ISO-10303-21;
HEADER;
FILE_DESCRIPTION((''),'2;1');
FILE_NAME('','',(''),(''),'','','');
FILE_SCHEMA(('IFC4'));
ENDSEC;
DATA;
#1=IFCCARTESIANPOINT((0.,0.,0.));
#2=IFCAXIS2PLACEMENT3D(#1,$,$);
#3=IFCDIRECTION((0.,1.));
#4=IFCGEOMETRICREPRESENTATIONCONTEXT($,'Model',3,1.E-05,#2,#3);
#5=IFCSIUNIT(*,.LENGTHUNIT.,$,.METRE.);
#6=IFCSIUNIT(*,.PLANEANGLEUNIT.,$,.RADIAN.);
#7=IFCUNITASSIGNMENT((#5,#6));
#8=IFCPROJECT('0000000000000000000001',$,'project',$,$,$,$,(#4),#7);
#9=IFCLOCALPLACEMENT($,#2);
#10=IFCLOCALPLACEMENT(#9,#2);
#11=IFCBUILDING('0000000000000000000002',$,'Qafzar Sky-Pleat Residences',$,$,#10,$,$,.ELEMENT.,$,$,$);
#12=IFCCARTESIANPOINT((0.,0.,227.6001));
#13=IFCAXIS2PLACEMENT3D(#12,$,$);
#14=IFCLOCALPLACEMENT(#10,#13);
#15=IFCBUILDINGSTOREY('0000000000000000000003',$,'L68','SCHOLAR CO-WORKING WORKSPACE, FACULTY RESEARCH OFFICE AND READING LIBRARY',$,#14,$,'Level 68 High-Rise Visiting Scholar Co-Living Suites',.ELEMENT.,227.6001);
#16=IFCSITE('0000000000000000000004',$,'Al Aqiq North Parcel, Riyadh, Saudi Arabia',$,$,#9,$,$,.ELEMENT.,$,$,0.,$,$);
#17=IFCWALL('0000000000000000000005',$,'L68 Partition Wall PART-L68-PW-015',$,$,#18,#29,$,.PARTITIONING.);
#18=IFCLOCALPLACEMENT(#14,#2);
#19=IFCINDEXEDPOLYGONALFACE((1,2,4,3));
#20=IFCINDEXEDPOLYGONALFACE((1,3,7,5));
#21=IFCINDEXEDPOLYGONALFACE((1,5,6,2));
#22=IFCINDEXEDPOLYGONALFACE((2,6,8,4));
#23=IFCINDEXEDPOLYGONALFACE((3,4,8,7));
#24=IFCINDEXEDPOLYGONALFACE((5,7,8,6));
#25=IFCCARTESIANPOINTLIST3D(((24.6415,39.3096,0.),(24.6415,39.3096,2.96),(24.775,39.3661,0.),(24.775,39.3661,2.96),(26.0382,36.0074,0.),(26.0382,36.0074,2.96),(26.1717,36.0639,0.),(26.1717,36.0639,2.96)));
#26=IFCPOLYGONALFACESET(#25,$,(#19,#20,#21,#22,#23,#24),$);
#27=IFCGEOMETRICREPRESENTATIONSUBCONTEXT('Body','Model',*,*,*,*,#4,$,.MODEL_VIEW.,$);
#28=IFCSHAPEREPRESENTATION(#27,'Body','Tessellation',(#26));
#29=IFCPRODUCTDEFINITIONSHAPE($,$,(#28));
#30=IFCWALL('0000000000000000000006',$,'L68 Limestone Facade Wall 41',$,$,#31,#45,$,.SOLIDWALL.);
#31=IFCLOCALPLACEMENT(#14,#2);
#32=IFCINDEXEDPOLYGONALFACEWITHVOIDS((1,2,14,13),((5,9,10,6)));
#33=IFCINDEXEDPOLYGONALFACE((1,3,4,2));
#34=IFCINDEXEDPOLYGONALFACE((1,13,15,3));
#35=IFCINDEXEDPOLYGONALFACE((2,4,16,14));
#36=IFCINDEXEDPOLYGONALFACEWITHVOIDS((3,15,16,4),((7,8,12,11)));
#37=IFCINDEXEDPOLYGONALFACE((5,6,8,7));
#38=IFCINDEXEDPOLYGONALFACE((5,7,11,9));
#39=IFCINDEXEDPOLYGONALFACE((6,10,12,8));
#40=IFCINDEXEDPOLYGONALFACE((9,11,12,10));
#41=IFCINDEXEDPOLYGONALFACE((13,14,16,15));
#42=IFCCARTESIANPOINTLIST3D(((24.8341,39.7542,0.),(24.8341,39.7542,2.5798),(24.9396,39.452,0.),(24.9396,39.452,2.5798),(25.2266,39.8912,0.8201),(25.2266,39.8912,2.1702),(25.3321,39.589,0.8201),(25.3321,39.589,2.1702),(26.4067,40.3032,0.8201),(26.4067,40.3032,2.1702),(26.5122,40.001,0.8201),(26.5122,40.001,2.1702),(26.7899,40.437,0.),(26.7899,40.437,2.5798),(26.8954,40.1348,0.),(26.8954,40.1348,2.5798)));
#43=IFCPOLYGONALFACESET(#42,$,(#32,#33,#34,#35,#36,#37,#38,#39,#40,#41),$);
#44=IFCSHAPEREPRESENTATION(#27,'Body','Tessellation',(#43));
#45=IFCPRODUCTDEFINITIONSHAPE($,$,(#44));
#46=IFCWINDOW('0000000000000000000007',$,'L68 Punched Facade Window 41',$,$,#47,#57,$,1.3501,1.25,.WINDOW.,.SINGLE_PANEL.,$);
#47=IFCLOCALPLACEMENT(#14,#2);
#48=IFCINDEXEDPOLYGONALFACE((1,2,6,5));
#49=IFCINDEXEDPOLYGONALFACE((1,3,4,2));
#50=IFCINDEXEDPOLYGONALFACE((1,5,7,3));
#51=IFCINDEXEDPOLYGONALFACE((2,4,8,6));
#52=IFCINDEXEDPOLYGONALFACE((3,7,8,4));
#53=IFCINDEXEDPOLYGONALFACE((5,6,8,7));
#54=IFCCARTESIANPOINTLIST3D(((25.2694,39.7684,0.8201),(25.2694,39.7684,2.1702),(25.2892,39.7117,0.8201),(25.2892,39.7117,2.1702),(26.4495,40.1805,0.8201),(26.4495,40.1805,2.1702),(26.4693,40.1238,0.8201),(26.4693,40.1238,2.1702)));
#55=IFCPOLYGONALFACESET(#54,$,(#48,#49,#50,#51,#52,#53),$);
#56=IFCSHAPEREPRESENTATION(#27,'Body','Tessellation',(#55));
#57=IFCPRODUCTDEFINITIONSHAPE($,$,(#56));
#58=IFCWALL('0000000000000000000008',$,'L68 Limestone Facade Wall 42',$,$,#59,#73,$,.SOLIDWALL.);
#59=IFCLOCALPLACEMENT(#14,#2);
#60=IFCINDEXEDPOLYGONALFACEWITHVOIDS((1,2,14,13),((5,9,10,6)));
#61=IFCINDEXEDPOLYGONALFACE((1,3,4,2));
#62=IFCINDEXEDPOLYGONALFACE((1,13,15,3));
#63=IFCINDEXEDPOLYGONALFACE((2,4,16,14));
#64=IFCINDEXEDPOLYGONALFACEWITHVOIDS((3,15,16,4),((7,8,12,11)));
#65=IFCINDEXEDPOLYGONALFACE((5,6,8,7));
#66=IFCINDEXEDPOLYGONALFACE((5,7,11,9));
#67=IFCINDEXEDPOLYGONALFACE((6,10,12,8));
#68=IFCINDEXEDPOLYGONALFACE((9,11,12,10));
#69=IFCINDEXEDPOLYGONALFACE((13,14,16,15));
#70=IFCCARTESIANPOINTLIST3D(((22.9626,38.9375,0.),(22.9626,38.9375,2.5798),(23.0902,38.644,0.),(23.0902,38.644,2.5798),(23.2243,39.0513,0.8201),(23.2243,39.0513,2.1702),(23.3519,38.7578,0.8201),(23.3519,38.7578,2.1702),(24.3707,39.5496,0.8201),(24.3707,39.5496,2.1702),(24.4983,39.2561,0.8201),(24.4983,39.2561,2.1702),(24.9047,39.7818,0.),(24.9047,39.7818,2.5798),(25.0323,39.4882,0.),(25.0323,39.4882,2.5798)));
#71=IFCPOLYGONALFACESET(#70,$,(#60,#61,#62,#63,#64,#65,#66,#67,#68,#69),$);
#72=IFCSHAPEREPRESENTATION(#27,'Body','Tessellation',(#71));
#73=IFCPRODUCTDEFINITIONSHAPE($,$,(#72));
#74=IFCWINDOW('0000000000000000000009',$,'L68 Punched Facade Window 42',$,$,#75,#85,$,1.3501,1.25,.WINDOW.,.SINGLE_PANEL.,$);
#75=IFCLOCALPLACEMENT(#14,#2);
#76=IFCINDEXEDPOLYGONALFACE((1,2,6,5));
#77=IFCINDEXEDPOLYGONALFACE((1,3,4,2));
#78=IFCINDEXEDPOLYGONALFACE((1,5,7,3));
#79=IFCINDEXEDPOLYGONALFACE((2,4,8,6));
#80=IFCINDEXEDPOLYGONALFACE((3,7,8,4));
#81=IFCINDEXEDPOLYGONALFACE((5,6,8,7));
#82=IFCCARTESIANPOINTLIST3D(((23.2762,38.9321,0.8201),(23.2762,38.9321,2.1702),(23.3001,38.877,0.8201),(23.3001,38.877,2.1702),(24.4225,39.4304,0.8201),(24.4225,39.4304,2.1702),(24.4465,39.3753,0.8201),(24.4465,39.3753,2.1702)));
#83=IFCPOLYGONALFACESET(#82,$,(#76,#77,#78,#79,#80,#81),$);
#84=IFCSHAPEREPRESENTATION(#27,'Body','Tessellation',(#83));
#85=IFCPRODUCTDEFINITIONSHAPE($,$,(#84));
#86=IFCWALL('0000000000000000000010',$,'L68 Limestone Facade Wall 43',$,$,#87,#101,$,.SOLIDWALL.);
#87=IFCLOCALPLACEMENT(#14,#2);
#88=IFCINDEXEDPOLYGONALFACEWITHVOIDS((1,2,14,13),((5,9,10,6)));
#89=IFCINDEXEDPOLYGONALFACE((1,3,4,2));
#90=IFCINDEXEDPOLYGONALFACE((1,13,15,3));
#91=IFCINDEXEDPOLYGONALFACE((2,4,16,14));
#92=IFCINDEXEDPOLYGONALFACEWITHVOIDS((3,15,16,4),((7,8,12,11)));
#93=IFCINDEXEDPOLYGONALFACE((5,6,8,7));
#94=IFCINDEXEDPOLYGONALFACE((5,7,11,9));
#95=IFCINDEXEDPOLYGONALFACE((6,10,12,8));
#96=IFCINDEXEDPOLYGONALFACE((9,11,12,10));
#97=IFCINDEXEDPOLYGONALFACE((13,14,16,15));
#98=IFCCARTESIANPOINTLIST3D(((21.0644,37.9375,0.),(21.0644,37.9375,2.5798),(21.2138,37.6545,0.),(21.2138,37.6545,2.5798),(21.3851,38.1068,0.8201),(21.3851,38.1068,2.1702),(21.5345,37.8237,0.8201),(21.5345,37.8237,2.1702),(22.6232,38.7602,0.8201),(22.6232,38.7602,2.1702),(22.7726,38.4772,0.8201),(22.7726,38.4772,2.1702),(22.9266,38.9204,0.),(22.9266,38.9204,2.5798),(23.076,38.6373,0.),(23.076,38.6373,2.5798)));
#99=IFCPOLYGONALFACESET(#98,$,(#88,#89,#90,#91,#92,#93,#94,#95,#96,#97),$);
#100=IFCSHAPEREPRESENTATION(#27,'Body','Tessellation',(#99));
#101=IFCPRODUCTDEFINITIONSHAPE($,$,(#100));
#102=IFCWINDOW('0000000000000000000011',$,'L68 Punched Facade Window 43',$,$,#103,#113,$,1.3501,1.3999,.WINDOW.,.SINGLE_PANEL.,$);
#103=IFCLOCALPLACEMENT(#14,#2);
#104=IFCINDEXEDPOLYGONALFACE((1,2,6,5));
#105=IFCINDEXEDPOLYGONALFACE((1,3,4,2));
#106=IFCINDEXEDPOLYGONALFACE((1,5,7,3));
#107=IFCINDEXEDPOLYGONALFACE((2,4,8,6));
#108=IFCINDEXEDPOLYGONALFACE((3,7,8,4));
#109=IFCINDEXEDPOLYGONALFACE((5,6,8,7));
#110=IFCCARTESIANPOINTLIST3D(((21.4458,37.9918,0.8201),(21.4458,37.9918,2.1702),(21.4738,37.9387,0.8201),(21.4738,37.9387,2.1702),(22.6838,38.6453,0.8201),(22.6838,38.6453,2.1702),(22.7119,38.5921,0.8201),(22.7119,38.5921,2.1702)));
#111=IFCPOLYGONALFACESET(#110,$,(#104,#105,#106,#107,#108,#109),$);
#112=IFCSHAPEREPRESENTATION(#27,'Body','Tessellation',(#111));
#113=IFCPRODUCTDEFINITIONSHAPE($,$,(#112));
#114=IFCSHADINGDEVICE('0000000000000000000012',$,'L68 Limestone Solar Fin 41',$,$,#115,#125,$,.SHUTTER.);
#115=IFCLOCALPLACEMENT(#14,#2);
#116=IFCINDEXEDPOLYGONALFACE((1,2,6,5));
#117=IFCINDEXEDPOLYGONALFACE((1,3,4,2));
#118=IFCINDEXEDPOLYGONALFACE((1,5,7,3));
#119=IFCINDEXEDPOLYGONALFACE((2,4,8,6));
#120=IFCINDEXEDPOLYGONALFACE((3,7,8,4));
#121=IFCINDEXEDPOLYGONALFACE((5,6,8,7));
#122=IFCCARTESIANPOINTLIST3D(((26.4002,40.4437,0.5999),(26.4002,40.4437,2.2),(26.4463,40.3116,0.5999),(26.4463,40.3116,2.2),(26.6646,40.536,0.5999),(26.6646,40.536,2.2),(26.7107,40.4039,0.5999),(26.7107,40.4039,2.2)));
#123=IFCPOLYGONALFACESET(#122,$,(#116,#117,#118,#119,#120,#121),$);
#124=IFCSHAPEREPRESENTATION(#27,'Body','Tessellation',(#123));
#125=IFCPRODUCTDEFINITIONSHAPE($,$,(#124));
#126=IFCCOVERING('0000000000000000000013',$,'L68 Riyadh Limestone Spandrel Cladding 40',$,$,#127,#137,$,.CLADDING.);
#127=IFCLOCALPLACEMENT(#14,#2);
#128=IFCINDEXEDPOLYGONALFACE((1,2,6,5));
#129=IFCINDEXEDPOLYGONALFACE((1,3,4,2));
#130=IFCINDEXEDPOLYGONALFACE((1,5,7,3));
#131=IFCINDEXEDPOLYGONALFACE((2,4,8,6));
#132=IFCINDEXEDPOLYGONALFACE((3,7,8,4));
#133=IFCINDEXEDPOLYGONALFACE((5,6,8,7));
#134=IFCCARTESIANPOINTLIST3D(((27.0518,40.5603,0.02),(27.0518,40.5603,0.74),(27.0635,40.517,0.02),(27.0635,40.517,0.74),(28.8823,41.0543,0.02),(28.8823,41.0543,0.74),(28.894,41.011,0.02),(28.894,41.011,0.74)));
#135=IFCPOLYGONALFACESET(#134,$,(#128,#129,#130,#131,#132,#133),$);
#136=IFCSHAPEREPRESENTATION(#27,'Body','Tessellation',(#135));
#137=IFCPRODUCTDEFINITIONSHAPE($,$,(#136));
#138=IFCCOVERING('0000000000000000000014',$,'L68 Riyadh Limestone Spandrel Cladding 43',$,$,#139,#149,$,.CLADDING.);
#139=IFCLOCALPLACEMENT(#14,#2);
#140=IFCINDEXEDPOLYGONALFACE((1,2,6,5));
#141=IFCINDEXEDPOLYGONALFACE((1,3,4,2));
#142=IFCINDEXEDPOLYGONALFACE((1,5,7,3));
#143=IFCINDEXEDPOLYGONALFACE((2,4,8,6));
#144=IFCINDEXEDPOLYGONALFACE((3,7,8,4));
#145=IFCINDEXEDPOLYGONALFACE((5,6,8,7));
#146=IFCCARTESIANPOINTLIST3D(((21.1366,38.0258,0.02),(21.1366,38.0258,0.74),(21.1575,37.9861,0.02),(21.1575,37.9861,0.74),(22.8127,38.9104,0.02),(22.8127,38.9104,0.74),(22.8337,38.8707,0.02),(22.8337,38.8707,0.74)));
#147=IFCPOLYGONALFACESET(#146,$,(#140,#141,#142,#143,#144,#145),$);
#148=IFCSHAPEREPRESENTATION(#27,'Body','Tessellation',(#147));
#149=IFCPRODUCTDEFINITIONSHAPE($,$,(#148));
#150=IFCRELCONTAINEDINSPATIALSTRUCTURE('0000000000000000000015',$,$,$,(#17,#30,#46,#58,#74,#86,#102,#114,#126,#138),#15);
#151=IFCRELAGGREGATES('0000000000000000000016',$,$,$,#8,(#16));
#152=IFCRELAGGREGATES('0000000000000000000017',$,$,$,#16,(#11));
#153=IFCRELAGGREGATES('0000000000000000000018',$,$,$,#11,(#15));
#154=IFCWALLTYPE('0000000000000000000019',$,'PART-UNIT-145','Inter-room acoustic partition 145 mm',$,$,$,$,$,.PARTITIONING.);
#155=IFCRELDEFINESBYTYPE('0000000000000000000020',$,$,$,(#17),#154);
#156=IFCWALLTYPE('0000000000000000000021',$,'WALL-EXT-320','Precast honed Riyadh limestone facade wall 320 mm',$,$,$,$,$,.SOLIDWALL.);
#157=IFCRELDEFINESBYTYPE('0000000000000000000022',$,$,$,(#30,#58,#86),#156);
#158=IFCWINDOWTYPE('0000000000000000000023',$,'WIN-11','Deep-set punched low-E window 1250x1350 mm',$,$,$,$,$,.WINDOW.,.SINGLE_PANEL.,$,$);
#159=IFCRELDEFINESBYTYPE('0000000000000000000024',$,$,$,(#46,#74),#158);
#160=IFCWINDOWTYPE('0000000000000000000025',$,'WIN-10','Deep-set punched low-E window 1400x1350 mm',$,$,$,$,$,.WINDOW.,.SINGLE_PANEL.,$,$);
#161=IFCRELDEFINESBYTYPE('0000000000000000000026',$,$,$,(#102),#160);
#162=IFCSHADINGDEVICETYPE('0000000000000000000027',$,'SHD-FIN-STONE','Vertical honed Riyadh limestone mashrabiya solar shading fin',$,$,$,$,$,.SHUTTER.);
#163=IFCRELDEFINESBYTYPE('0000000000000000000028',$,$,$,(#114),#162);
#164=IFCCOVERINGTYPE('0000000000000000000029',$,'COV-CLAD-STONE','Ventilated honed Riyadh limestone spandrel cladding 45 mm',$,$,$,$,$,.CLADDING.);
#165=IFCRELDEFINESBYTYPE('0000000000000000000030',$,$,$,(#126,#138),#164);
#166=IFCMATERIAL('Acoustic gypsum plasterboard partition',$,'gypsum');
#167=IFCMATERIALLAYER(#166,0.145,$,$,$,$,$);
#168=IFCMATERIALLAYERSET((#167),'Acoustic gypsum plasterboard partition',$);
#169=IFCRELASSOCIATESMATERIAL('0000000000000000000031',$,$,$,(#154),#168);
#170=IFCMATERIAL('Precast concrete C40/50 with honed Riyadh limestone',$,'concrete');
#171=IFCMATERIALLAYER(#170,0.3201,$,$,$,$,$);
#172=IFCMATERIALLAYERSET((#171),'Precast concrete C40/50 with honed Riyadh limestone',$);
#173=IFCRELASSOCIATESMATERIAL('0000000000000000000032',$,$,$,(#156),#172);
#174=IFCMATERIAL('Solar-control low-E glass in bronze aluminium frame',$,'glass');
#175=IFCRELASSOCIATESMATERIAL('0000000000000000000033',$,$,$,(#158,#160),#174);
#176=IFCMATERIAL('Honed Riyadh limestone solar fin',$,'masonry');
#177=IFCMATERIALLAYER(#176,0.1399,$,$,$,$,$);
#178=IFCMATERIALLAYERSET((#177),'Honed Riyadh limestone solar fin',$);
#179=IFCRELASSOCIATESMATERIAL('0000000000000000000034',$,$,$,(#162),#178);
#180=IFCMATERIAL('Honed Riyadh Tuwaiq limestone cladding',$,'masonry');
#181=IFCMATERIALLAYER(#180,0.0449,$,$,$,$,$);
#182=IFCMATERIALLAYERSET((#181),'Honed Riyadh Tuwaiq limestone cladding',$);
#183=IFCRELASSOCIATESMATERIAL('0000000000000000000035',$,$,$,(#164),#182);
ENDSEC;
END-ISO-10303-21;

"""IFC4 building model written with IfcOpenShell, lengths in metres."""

from ifc_helpers import new_model, si_unit, direction, frame, frame_2d, origin, origin_2d, place, context, subcontext, project, spatial, rectangle, extrude, source, transform, mapped, material, layer, layer_set, type_object, element, fill, save


model = new_model("IFC4")

# Units and contexts
model_context = context("Model", 3, precision=1e-05, world=origin(), true_north=direction((0.0, 1.0)))
body_context = subcontext(model_context, "Body", "Model", "MODEL_VIEW")
ifc_project = project(units=[si_unit("LENGTHUNIT", "METRE"), si_unit("PLANEANGLEUNIT", "RADIAN")], contexts=[model_context])

# Site, building, storey
site_placement = place(None, origin())
site = spatial("IfcSite", under=ifc_project, at=site_placement, Name="Al Aqiq North Parcel, Riyadh, Saudi Arabia", CompositionType="ELEMENT", RefElevation=0.0)
building_placement = place(site_placement, origin())
building = spatial("IfcBuilding", under=site, at=building_placement, Name="Qafzar Sky-Pleat Residences", CompositionType="ELEMENT")
storey_placement = place(building_placement, frame((0.0, 0.0, 227.6001)))
storey = spatial("IfcBuildingStorey", under=building, at=storey_placement, Name="L68", Description="SCHOLAR CO-WORKING WORKSPACE, FACULTY RESEARCH OFFICE AND READING LIBRARY", LongName="Level 68 High-Rise Visiting Scholar Co-Living Suites", CompositionType="ELEMENT", Elevation=227.6001)

# Shared definitions
ifc_material_1 = material(Name="Acoustic gypsum plasterboard partition", Category="gypsum")

# Wall
ifc_layer_1 = layer(ifc_material_1, 0.145)
ifc_layer_set_1 = layer_set([ifc_layer_1], Name="Acoustic gypsum plasterboard partition")
wall_type_1 = type_object("IfcWallType", Name="PART-UNIT-145", Description="Inter-room acoustic partition 145 mm", PredefinedType="PARTITIONING", material=ifc_layer_set_1)
wall_1_placement = place(storey_placement, frame((24.7083, 39.3379, 0.0), z_axis=(0.0, 0.0, 1.0), x_axis=(0.389551, -0.921005, 0.0)))
element("IfcWall", 1, at=wall_1_placement, inside=storey, type_object=wall_type_1, Name="L68 Partition Wall PART-L68-PW-015", PredefinedType="PARTITIONING", context=body_context, shape_type="SweptSolid", body=[
    extrude(rectangle(XDim=3.5854, YDim=0.145, at=frame_2d((1.7927, 0.0))), origin(), (0.0, 0.0, 1.0), 2.96),
])

# Walls, openings, windows
ifc_material_2 = material(Name="Precast concrete C40/50 with honed Riyadh limestone", Category="concrete")
ifc_layer_2 = layer(ifc_material_2, 0.3201)
ifc_layer_set_2 = layer_set([ifc_layer_2], Name="Precast concrete C40/50 with honed Riyadh limestone")
wall_type_2 = type_object("IfcWallType", Name="WALL-EXT-320", Description="Precast honed Riyadh limestone facade wall 320 mm", PredefinedType="SOLIDWALL", material=ifc_layer_set_2)
wall_2_placement = place(storey_placement, frame((26.8425, 40.2859, 0.0), z_axis=(0.0, 0.0, 1.0), x_axis=(-0.94411, -0.329631, 0.0)))
wall_2 = element("IfcWall", 2, at=wall_2_placement, inside=storey, type_object=wall_type_2, Name="L68 Limestone Facade Wall 41", PredefinedType="SOLIDWALL", context=body_context, shape_type="SweptSolid", body=[
    extrude(rectangle(XDim=2.0715, YDim=0.3201, at=frame_2d((1.0356, 0.0))), origin(), (0.0, 0.0, 1.0), 2.5798),
])
opening_1_placement = place(wall_2_placement, frame((0.4058, 0.0, 0.8201)))
opening_1 = element("IfcOpeningElement", 3, at=opening_1_placement, cuts=wall_2, PredefinedType="OPENING", context=body_context, shape_type="SweptSolid", body=[
    extrude(rectangle(XDim=1.25, YDim=1.3501, at=frame_2d((0.625, 0.675))), frame((0.0, 0.1699, 0.0), z_axis=(0.0, -1.0, 0.0), x_axis=(1.0, 0.0, 0.0)), (0.0, 0.0, 1.0), 0.3401),
])
ifc_material_3 = material(Name="Solar-control low-E glass in bronze aluminium frame", Category="glass")
window_type_1 = type_object("IfcWindowType", Name="WIN-11", Description="Deep-set punched low-E window 1250x1350 mm", PartitioningType="SINGLE_PANEL", PredefinedType="WINDOW", material=ifc_material_3)
shared_shape_1 = source(origin(), body_context, "Body", "SweptSolid", [
    extrude(rectangle(XDim=1.25, YDim=1.3501, at=frame_2d((0.625, 0.675))), frame((0.0, 0.03, 0.0), z_axis=(0.0, -1.0, 0.0), x_axis=(1.0, 0.0, 0.0)), (0.0, 0.0, 1.0), 0.0601),
])
window_1_placement = place(opening_1_placement, origin())
window_1 = element("IfcWindow", 4, at=window_1_placement, inside=storey, type_object=window_type_1, Name="L68 Punched Facade Window 41", OverallHeight=1.3501, OverallWidth=1.25, PartitioningType="SINGLE_PANEL", PredefinedType="WINDOW", context=body_context, shape_type="MappedRepresentation", body=[
    mapped(shared_shape_1, transform((0.0, 0.0, 0.0), x_axis=(1.0, 0.0, 0.0), y_axis=(0.0, 1.0, 0.0), z_axis=(0.0, 0.0, 1.0), scale=1.0)),
])
fill(opening_1, window_1)
wall_3_placement = place(storey_placement, frame((24.9685, 39.635, 0.0), z_axis=(0.0, 0.0, 1.0), x_axis=(-0.917099, -0.398659, 0.0)))
wall_3 = element("IfcWall", 5, at=wall_3_placement, inside=storey, type_object=wall_type_2, Name="L68 Limestone Facade Wall 42", PredefinedType="SOLIDWALL", context=body_context, shape_type="SweptSolid", body=[
    extrude(rectangle(XDim=2.1177, YDim=0.3201, at=frame_2d((1.0588, 0.0))), origin(), (0.0, 0.0, 1.0), 2.5798),
])
opening_2_placement = place(wall_3_placement, frame((0.5823, 0.0, 0.8201)))
opening_2 = element("IfcOpeningElement", 6, at=opening_2_placement, cuts=wall_3, PredefinedType="OPENING", context=body_context, shape_type="SweptSolid", body=[
    extrude(rectangle(XDim=1.25, YDim=1.3501, at=frame_2d((0.625, 0.675))), frame((0.0, 0.1699, 0.0), z_axis=(0.0, -1.0, 0.0), x_axis=(1.0, 0.0, 0.0)), (0.0, 0.0, 1.0), 0.3401),
])
window_2_placement = place(opening_2_placement, origin())
window_2 = element("IfcWindow", 7, at=window_2_placement, inside=storey, type_object=window_type_1, Name="L68 Punched Facade Window 42", OverallHeight=1.3501, OverallWidth=1.25, PartitioningType="SINGLE_PANEL", PredefinedType="WINDOW", context=body_context, shape_type="MappedRepresentation", body=[
    mapped(shared_shape_1, transform((0.0, 0.0, 0.0), x_axis=(1.0, 0.0, 0.0), y_axis=(0.0, 1.0, 0.0), z_axis=(0.0, 0.0, 1.0), scale=1.0)),
])
fill(opening_2, window_2)
wall_4_placement = place(storey_placement, frame((23.0012, 38.7788, 0.0), z_axis=(0.0, 0.0, 1.0), x_axis=(-0.884379, -0.466769, 0.0)))
wall_4 = element("IfcWall", 8, at=wall_4_placement, inside=storey, type_object=wall_type_2, Name="L68 Limestone Facade Wall 43", PredefinedType="SOLIDWALL", context=body_context, shape_type="SweptSolid", body=[
    extrude(rectangle(XDim=2.1057, YDim=0.3201, at=frame_2d((1.0527, 0.0))), origin(), (0.0, 0.0, 1.0), 2.5798),
])
opening_3_placement = place(wall_4_placement, frame((0.343, 0.0, 0.8201)))
opening_3 = element("IfcOpeningElement", 9, at=opening_3_placement, cuts=wall_4, PredefinedType="OPENING", context=body_context, shape_type="SweptSolid", body=[
    extrude(rectangle(XDim=1.3999, YDim=1.3501, at=frame_2d((0.7, 0.675))), frame((0.0, 0.1699, 0.0), z_axis=(0.0, -1.0, 0.0), x_axis=(1.0, 0.0, 0.0)), (0.0, 0.0, 1.0), 0.3401),
])
window_type_2 = type_object("IfcWindowType", Name="WIN-10", Description="Deep-set punched low-E window 1400x1350 mm", PartitioningType="SINGLE_PANEL", PredefinedType="WINDOW", material=ifc_material_3)
shared_shape_2 = source(origin(), body_context, "Body", "SweptSolid", [
    extrude(rectangle(XDim=1.3999, YDim=1.3501, at=frame_2d((0.7, 0.675))), frame((0.0, 0.03, 0.0), z_axis=(0.0, -1.0, 0.0), x_axis=(1.0, 0.0, 0.0)), (0.0, 0.0, 1.0), 0.0601),
])
window_3_placement = place(opening_3_placement, origin())
window_3 = element("IfcWindow", 10, at=window_3_placement, inside=storey, type_object=window_type_2, Name="L68 Punched Facade Window 43", OverallHeight=1.3501, OverallWidth=1.3999, PartitioningType="SINGLE_PANEL", PredefinedType="WINDOW", context=body_context, shape_type="MappedRepresentation", body=[
    mapped(shared_shape_2, transform((0.0, 0.0, 0.0), x_axis=(1.0, 0.0, 0.0), y_axis=(0.0, 1.0, 0.0), z_axis=(0.0, 0.0, 1.0), scale=1.0)),
])
fill(opening_3, window_3)

# Shading device
ifc_material_4 = material(Name="Honed Riyadh limestone solar fin", Category="masonry")
ifc_layer_3 = layer(ifc_material_4, 0.1399)
ifc_layer_set_3 = layer_set([ifc_layer_3], Name="Honed Riyadh limestone solar fin")
shading_device_type = type_object("IfcShadingDeviceType", Name="SHD-FIN-STONE", Description="Vertical honed Riyadh limestone mashrabiya solar shading fin", PredefinedType="SHUTTER", material=ifc_layer_set_3)
shared_shape_3 = source(origin(), body_context, "Body", "SweptSolid", [
    extrude(rectangle(XDim=0.1399, YDim=0.28, at=origin_2d()), origin(), (0.0, 0.0, 1.0), 1.6001),
])
shading_device_placement = place(storey_placement, frame((26.5554, 40.4238, 0.5999), z_axis=(0.0, 0.0, 1.0), x_axis=(-0.329574, 0.94413, 0.0)))
element("IfcShadingDevice", 11, at=shading_device_placement, inside=storey, type_object=shading_device_type, Name="L68 Limestone Solar Fin 41", PredefinedType="SHUTTER", context=body_context, shape_type="MappedRepresentation", body=[
    mapped(shared_shape_3, transform((0.0, 0.0, 0.0), x_axis=(1.0, 0.0, 0.0), y_axis=(0.0, 1.0, 0.0), z_axis=(0.0, 0.0, 1.0), scale=1.0)),
])

# Coverings
ifc_material_5 = material(Name="Honed Riyadh Tuwaiq limestone cladding", Category="masonry")
ifc_layer_4 = layer(ifc_material_5, 0.0449)
ifc_layer_set_4 = layer_set([ifc_layer_4], Name="Honed Riyadh Tuwaiq limestone cladding")
covering_type = type_object("IfcCoveringType", Name="COV-CLAD-STONE", Description="Ventilated honed Riyadh limestone spandrel cladding 45 mm", PredefinedType="CLADDING", material=ifc_layer_set_4)
shared_shape_4 = source(origin(), body_context, "Body", "SweptSolid", [
    extrude(rectangle(XDim=1.896, YDim=0.0449, at=origin_2d()), origin(), (0.0, 0.0, 1.0), 0.72),
])
covering_1_placement = place(storey_placement, frame((27.9729, 40.7856, 0.02), z_axis=(0.0, 0.0, 1.0), x_axis=(-0.965463, -0.260542, 0.0)))
element("IfcCovering", 12, at=covering_1_placement, inside=storey, type_object=covering_type, Name="L68 Riyadh Limestone Spandrel Cladding 40", PredefinedType="CLADDING", context=body_context, shape_type="MappedRepresentation", body=[
    mapped(shared_shape_4, transform((0.0, 0.0, 0.0), x_axis=(1.0, 0.0, 0.0), y_axis=(0.0, 1.0, 0.0), z_axis=(0.0, 0.0, 1.0), scale=1.0)),
])
shared_shape_5 = source(origin(), body_context, "Body", "SweptSolid", [
    extrude(rectangle(XDim=1.8953, YDim=0.0449, at=origin_2d()), origin(), (0.0, 0.0, 1.0), 0.72),
])
covering_2_placement = place(storey_placement, frame((21.9851, 38.4482, 0.02), z_axis=(0.0, 0.0, 1.0), x_axis=(-0.884381, -0.466766, 0.0)))
element("IfcCovering", 13, at=covering_2_placement, inside=storey, type_object=covering_type, Name="L68 Riyadh Limestone Spandrel Cladding 43", PredefinedType="CLADDING", context=body_context, shape_type="MappedRepresentation", body=[
    mapped(shared_shape_5, transform((0.0, 0.0, 0.0), x_axis=(1.0, 0.0, 0.0), y_axis=(0.0, 1.0, 0.0), z_axis=(0.0, 0.0, 1.0), scale=1.0)),
])

save(model, "model.ifc")
